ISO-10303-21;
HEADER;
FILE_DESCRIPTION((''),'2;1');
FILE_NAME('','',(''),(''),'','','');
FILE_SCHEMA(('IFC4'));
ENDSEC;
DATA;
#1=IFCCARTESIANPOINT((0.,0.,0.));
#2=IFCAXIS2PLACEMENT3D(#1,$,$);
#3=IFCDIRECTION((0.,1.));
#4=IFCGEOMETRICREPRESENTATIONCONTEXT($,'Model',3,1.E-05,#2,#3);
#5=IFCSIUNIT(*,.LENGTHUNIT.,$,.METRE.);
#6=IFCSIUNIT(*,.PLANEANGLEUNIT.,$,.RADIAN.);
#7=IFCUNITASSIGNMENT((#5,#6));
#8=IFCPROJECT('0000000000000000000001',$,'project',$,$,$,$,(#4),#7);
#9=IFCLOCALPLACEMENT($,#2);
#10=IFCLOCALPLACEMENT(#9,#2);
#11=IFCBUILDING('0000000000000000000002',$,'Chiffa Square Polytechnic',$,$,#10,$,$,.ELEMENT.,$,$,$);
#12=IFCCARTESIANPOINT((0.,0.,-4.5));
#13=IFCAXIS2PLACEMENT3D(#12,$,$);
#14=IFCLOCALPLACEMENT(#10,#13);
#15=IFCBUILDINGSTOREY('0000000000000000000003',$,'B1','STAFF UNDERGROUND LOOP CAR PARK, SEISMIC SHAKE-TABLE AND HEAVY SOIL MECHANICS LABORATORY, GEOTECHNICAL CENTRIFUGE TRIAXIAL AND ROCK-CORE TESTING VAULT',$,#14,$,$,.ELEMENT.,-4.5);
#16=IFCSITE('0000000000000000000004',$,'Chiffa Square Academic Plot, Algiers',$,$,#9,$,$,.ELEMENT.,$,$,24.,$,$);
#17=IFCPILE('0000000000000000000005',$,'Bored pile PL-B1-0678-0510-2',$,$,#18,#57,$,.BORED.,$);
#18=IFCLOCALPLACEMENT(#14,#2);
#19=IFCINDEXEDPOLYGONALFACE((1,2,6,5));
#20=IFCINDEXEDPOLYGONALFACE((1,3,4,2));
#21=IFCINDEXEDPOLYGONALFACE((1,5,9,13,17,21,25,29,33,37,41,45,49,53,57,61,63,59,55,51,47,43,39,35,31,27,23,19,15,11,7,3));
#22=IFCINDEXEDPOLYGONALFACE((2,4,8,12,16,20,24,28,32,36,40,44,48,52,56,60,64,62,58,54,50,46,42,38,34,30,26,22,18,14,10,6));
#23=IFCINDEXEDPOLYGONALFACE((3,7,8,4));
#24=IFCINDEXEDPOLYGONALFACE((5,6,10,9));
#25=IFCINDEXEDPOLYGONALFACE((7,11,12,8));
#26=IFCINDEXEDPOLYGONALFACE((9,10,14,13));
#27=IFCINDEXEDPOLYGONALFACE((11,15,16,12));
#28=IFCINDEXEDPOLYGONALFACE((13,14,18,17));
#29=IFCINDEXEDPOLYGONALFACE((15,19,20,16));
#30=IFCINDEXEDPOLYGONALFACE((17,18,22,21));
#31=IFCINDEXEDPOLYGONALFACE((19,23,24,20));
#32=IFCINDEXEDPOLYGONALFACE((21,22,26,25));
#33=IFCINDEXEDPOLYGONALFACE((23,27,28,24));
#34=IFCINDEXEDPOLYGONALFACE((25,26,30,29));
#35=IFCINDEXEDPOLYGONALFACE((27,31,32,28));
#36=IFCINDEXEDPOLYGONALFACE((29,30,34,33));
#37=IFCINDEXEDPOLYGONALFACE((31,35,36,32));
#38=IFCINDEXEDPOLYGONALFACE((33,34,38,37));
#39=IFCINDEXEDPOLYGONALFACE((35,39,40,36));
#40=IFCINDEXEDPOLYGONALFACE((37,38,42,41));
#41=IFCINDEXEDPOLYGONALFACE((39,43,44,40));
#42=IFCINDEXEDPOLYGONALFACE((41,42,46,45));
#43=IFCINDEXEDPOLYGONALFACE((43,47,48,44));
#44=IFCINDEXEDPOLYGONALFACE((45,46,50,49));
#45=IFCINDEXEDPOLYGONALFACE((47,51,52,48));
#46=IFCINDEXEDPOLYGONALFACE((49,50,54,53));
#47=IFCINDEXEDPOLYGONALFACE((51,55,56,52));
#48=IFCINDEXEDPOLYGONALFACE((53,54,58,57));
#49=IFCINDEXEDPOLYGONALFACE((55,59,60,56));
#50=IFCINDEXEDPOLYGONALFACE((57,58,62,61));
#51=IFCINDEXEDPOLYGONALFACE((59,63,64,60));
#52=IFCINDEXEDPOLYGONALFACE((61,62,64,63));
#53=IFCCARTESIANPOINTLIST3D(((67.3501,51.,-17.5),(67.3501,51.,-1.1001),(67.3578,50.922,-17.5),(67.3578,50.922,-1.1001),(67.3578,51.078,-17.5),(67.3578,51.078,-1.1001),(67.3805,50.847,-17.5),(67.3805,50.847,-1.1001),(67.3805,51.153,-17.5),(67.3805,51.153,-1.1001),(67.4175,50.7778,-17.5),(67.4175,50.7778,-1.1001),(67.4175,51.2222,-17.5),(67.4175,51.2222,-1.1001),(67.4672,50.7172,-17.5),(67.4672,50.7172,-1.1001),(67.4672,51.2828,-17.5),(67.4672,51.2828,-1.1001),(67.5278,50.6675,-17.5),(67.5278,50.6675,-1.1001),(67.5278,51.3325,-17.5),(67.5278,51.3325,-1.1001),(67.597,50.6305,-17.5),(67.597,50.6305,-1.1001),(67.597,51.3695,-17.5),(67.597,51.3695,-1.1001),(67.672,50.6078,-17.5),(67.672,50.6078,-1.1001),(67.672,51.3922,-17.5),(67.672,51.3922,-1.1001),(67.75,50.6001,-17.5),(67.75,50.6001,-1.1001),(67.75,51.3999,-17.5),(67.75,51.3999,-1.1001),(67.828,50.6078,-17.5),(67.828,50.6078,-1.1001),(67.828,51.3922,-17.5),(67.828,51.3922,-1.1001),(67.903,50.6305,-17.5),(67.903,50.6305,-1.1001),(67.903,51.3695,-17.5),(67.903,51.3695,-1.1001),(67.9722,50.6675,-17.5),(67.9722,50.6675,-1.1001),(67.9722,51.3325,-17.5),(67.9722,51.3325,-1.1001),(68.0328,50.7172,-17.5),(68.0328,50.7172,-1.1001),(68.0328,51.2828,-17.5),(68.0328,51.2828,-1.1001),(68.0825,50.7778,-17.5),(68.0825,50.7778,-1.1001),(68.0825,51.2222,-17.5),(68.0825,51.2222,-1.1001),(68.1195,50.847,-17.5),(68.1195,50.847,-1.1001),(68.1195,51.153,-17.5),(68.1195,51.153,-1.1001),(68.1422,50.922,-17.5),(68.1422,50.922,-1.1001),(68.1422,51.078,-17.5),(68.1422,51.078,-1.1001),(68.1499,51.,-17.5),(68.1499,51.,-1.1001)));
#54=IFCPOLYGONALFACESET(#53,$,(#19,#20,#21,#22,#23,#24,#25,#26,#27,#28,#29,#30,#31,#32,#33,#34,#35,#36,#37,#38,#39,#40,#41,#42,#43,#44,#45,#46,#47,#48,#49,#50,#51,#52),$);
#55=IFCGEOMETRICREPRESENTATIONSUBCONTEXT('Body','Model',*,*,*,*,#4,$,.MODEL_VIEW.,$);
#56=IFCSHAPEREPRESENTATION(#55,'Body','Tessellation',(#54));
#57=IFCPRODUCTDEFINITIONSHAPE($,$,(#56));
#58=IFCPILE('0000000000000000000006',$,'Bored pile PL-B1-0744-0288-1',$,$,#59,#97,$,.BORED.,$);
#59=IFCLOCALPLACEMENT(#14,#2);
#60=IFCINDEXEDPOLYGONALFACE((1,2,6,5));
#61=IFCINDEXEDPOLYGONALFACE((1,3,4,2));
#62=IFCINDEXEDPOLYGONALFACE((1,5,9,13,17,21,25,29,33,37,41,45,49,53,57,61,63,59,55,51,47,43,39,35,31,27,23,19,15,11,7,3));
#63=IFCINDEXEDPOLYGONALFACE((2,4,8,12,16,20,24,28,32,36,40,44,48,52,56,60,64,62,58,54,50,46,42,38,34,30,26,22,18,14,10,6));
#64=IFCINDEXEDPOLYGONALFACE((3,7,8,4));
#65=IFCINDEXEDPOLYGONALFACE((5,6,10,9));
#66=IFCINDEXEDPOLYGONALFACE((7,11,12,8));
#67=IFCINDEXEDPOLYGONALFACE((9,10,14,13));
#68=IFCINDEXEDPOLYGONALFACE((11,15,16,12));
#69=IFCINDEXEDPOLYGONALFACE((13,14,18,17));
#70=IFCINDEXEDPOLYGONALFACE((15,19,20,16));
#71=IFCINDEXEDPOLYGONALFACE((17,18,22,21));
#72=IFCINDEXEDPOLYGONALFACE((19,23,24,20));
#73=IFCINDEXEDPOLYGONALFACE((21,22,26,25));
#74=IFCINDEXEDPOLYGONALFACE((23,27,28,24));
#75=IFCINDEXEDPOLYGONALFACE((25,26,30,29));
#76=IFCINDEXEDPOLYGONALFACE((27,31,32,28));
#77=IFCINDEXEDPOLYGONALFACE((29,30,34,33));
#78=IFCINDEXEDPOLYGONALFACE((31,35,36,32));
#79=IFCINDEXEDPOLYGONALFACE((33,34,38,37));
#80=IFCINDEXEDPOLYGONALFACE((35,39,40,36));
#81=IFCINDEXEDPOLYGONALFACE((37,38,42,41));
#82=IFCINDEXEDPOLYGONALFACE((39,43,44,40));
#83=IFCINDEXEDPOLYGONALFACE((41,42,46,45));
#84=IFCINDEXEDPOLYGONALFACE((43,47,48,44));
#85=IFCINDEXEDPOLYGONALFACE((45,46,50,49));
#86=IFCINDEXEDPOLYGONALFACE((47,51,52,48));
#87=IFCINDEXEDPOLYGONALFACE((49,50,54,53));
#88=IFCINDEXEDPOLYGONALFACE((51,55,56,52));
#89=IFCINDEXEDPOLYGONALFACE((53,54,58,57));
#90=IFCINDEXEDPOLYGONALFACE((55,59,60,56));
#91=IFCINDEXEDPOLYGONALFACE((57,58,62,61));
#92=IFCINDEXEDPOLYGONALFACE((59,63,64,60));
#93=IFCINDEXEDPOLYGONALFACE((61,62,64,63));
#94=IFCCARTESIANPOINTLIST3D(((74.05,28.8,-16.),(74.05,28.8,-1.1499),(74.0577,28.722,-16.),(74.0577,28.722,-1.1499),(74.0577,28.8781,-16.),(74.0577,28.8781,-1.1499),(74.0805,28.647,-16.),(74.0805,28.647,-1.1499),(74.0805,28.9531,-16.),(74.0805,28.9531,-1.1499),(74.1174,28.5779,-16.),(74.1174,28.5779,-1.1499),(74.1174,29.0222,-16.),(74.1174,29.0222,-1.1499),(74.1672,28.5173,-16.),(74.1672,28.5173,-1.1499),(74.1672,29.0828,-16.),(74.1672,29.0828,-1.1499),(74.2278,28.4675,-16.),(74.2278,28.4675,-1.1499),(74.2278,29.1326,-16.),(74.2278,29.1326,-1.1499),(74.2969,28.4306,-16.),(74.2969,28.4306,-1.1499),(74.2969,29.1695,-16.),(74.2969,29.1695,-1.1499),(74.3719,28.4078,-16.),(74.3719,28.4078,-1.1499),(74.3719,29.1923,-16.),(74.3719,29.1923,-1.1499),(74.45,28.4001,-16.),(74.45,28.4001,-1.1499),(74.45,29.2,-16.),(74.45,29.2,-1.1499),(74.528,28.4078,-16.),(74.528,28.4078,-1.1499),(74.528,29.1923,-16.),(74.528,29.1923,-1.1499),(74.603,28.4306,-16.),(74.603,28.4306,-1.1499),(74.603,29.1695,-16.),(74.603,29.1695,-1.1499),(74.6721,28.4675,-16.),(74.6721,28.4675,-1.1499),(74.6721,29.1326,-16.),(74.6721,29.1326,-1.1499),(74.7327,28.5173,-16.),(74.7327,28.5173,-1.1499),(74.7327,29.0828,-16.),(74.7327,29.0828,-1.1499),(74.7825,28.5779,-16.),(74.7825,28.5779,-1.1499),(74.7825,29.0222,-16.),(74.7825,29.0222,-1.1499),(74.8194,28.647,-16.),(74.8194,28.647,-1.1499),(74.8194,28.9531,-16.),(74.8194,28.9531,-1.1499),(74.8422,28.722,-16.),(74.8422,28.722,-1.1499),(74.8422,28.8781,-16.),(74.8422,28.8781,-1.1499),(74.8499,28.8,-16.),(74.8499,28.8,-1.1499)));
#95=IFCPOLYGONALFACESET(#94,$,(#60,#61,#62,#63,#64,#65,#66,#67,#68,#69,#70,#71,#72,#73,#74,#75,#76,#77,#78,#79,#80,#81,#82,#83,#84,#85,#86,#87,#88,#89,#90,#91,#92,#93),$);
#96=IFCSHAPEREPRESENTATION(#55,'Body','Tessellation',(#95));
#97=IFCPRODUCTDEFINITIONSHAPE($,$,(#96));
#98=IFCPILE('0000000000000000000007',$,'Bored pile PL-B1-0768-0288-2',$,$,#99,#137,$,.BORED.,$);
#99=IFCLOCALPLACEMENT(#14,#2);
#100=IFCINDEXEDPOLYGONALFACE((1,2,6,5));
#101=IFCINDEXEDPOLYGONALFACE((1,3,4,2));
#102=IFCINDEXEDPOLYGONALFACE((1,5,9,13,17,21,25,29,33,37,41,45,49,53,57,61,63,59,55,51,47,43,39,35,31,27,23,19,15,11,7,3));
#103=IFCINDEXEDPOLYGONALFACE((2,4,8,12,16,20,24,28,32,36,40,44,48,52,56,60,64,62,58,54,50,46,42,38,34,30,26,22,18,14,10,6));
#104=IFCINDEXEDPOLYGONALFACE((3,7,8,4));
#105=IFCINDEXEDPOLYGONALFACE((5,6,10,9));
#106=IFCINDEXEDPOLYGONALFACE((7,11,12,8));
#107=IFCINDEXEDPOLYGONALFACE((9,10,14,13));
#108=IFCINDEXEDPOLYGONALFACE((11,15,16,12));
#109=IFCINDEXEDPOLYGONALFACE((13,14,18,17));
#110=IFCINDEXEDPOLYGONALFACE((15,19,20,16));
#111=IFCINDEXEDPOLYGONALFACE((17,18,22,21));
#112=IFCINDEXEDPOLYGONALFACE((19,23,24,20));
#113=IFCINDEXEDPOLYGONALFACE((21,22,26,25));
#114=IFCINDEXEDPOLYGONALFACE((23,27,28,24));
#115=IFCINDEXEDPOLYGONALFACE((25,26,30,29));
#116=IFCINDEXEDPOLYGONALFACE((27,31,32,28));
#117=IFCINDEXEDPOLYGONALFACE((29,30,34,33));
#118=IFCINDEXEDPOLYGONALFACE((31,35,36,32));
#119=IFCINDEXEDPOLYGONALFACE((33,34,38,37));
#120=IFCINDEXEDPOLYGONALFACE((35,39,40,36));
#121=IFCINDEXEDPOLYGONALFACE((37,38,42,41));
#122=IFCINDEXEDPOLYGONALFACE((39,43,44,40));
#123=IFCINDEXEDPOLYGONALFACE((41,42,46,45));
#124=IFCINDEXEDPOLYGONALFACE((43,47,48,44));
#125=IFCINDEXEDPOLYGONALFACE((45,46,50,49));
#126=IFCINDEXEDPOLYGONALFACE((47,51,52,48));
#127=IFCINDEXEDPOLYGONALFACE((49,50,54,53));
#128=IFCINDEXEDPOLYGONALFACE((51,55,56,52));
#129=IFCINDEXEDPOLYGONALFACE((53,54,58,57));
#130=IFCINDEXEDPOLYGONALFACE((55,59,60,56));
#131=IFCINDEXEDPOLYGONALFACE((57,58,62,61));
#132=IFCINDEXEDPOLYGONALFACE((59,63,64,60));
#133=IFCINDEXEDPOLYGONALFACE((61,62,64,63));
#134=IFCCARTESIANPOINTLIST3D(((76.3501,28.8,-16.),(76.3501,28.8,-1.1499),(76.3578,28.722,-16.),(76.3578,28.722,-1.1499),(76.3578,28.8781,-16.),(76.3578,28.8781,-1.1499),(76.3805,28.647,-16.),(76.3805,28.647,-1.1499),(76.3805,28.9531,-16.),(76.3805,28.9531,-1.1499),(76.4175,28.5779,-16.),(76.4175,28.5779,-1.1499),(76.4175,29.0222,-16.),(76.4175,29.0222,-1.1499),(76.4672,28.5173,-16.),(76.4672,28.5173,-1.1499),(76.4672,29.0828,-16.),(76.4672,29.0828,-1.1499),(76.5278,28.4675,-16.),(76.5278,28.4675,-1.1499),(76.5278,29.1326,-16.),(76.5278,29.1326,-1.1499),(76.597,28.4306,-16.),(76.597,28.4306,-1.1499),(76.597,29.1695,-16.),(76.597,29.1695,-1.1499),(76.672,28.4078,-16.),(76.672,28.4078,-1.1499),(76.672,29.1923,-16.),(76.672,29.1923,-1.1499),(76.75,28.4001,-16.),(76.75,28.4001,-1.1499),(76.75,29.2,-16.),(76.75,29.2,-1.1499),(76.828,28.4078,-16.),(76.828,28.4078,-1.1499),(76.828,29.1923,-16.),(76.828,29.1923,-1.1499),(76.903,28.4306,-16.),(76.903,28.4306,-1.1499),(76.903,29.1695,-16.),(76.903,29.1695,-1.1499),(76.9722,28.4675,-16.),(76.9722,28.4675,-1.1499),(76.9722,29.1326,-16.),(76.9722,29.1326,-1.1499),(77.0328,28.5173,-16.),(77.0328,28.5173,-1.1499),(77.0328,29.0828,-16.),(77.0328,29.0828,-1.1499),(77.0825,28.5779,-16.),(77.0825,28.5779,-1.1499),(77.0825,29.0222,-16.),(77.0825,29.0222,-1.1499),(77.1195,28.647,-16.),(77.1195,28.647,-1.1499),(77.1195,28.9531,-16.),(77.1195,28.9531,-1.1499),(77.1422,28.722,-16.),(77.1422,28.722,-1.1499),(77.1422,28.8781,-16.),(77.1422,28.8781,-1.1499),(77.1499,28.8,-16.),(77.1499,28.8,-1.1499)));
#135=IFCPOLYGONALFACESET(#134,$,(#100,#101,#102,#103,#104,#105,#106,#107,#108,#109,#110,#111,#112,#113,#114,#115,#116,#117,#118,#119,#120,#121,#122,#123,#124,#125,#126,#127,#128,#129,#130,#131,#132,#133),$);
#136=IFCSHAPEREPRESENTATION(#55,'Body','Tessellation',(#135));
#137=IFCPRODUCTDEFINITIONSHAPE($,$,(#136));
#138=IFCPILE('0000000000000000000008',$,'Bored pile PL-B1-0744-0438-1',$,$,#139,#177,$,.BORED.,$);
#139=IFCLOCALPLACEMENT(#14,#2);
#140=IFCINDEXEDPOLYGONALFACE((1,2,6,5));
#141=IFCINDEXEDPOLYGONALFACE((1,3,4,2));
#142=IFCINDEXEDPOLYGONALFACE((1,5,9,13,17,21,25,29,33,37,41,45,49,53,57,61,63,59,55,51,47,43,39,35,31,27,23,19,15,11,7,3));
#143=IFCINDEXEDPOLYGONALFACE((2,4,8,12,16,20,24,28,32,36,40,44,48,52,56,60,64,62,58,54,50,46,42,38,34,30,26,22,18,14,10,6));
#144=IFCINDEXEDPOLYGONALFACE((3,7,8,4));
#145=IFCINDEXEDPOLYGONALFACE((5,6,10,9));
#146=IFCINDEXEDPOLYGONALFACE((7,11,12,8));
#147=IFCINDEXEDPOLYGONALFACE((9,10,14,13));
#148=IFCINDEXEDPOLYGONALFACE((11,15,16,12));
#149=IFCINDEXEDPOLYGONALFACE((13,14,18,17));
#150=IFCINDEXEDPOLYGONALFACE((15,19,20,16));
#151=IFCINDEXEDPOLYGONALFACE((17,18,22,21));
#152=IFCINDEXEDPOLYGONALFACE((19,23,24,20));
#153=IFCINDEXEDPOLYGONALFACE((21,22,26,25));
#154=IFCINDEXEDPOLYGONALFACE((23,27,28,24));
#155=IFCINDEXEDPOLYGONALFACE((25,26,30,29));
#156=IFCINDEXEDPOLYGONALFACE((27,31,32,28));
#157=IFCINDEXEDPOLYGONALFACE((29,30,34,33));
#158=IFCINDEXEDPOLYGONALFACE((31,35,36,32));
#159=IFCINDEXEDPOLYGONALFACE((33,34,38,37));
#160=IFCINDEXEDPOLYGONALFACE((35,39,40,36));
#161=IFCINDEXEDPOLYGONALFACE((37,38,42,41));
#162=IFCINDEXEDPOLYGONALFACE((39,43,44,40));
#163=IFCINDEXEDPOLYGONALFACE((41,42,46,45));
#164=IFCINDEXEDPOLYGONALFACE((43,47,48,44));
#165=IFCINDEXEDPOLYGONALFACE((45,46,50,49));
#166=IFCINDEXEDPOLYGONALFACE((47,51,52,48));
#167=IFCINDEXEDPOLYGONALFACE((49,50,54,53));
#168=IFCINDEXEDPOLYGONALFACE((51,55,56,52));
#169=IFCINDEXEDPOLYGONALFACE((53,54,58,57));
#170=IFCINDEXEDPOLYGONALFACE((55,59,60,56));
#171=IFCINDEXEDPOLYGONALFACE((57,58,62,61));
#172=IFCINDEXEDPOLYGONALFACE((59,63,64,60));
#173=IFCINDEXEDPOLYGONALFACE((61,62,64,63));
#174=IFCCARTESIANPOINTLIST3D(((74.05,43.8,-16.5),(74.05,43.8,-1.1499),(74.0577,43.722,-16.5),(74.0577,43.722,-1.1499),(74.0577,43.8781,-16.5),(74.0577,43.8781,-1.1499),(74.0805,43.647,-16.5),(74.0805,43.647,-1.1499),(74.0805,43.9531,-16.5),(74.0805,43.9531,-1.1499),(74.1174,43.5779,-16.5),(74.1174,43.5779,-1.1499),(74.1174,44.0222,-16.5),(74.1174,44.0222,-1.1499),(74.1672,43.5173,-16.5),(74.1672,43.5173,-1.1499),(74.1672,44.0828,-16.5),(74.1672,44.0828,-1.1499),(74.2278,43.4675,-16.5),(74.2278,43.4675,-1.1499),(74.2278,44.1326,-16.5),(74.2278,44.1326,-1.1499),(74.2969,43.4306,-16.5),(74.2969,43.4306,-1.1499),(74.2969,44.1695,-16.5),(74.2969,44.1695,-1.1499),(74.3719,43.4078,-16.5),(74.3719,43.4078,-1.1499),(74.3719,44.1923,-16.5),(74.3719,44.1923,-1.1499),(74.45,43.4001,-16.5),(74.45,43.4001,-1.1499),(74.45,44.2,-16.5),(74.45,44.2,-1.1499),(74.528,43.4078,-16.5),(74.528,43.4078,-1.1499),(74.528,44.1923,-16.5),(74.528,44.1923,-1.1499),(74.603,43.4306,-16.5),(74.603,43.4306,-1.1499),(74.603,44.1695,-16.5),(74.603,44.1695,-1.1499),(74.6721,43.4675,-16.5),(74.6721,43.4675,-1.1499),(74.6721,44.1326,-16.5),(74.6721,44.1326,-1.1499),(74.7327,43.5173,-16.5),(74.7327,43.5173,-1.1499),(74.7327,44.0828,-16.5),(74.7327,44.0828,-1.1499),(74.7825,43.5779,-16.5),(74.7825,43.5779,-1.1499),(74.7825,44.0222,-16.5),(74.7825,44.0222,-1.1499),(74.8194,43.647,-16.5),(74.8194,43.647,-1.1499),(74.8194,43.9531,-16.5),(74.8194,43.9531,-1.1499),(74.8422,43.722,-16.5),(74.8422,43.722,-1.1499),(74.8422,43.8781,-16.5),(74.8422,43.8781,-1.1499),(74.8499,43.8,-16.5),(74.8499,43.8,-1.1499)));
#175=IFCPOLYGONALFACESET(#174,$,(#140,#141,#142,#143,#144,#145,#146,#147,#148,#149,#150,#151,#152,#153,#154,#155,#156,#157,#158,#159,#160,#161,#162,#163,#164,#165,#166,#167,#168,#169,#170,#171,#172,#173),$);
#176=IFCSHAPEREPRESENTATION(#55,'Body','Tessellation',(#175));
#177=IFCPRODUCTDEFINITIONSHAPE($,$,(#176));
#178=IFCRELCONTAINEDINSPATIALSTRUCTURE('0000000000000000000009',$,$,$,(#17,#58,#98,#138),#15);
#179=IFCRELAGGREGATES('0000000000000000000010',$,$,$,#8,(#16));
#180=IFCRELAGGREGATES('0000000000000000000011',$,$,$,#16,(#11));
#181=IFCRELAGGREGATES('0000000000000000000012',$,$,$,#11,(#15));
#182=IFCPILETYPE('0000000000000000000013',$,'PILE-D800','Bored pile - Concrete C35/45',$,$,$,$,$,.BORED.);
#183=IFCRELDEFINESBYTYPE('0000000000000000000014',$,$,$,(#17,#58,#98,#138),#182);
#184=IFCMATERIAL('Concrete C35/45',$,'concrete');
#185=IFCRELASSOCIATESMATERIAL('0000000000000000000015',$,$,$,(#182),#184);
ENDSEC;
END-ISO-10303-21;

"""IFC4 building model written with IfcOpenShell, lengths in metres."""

from ifc_helpers import new_model, si_unit, direction, frame, origin, origin_2d, place, context, subcontext, project, spatial, circle, extrude, material, material_profile, profile_set, type_object, element, save


model = new_model("IFC4")

# Units and contexts
model_context = context("Model", 3, precision=1e-05, world=origin(), true_north=direction((0.0, 1.0)))
body_context = subcontext(model_context, "Body", "Model", "MODEL_VIEW")
ifc_project = project(units=[si_unit("LENGTHUNIT", "METRE"), si_unit("PLANEANGLEUNIT", "RADIAN")], contexts=[model_context])

# Site, building, storey
site_placement = place(None, origin())
site = spatial("IfcSite", under=ifc_project, at=site_placement, Name="Chiffa Square Academic Plot, Algiers", CompositionType="ELEMENT", RefElevation=24.0)
building_placement = place(site_placement, origin())
building = spatial("IfcBuilding", under=site, at=building_placement, Name="Chiffa Square Polytechnic", CompositionType="ELEMENT")
storey_placement = place(building_placement, frame((0.0, 0.0, -4.5)))
storey = spatial("IfcBuildingStorey", under=building, at=storey_placement, Name="B1", Description="STAFF UNDERGROUND LOOP CAR PARK, SEISMIC SHAKE-TABLE AND HEAVY SOIL MECHANICS LABORATORY, GEOTECHNICAL CENTRIFUGE TRIAXIAL AND ROCK-CORE TESTING VAULT", CompositionType="ELEMENT", Elevation=-4.5)

# Shared definitions
ifc_material = material(Name="Concrete C35/45", Category="concrete")

# Piles
ifc_material_profile_1 = material_profile(ifc_material, circle(Radius=0.3999, at=origin_2d()), Name="PILE D800")
ifc_profile_set_1 = profile_set([ifc_material_profile_1], Name="Concrete C35/45")
pile_type_1 = type_object("IfcPileType", Name="PILE-D800", Description="Bored pile - Concrete C35/45", PredefinedType="BORED", material=ifc_profile_set_1)
pile_1_placement = place(storey_placement, frame((67.75, 51.0, -1.1001), z_axis=(0.0, 0.0, -1.0), x_axis=(1.0, 0.0, 0.0)))
element("IfcPile", 1, at=pile_1_placement, inside=storey, type_object=pile_type_1, Name="Bored pile PL-B1-0678-0510-2", PredefinedType="BORED", context=body_context, shape_type="SweptSolid", body=[
    extrude(circle(Radius=0.3999, at=origin_2d()), origin(), (0.0, 0.0, 1.0), 16.3999),
])
for number, where, z_axis, x_axis, name in (
    (2, (74.45, 28.8, -1.1499), (0.0, 0.0, -1.0), (1.0, 0.0, 0.0), "Bored pile PL-B1-0744-0288-1"),
    (3, (76.75, 28.8, -1.1499), (0.0, 0.0, -1.0), (1.0, 0.0, 0.0), "Bored pile PL-B1-0768-0288-2"),
):
    element("IfcPile", number, at=place(storey_placement, frame(where, z_axis=z_axis, x_axis=x_axis)), inside=storey, type_object=pile_type_1, Name=name, PredefinedType="BORED", context=body_context, shape_type="SweptSolid", body=[
        extrude(circle(Radius=0.3999, at=origin_2d()), origin(), (0.0, 0.0, 1.0), 14.8501),
    ])
for number, where, z_axis, x_axis, name in (
    (4, (74.45, 43.8, -1.1499), (0.0, 0.0, -1.0), (1.0, 0.0, 0.0), "Bored pile PL-B1-0744-0438-1"),
):
    element("IfcPile", number, at=place(storey_placement, frame(where, z_axis=z_axis, x_axis=x_axis)), inside=storey, type_object=pile_type_1, Name=name, PredefinedType="BORED", context=body_context, shape_type="SweptSolid", body=[
        extrude(circle(Radius=0.3999, at=origin_2d()), origin(), (0.0, 0.0, 1.0), 15.3501),
    ])

save(model, "model.ifc")
